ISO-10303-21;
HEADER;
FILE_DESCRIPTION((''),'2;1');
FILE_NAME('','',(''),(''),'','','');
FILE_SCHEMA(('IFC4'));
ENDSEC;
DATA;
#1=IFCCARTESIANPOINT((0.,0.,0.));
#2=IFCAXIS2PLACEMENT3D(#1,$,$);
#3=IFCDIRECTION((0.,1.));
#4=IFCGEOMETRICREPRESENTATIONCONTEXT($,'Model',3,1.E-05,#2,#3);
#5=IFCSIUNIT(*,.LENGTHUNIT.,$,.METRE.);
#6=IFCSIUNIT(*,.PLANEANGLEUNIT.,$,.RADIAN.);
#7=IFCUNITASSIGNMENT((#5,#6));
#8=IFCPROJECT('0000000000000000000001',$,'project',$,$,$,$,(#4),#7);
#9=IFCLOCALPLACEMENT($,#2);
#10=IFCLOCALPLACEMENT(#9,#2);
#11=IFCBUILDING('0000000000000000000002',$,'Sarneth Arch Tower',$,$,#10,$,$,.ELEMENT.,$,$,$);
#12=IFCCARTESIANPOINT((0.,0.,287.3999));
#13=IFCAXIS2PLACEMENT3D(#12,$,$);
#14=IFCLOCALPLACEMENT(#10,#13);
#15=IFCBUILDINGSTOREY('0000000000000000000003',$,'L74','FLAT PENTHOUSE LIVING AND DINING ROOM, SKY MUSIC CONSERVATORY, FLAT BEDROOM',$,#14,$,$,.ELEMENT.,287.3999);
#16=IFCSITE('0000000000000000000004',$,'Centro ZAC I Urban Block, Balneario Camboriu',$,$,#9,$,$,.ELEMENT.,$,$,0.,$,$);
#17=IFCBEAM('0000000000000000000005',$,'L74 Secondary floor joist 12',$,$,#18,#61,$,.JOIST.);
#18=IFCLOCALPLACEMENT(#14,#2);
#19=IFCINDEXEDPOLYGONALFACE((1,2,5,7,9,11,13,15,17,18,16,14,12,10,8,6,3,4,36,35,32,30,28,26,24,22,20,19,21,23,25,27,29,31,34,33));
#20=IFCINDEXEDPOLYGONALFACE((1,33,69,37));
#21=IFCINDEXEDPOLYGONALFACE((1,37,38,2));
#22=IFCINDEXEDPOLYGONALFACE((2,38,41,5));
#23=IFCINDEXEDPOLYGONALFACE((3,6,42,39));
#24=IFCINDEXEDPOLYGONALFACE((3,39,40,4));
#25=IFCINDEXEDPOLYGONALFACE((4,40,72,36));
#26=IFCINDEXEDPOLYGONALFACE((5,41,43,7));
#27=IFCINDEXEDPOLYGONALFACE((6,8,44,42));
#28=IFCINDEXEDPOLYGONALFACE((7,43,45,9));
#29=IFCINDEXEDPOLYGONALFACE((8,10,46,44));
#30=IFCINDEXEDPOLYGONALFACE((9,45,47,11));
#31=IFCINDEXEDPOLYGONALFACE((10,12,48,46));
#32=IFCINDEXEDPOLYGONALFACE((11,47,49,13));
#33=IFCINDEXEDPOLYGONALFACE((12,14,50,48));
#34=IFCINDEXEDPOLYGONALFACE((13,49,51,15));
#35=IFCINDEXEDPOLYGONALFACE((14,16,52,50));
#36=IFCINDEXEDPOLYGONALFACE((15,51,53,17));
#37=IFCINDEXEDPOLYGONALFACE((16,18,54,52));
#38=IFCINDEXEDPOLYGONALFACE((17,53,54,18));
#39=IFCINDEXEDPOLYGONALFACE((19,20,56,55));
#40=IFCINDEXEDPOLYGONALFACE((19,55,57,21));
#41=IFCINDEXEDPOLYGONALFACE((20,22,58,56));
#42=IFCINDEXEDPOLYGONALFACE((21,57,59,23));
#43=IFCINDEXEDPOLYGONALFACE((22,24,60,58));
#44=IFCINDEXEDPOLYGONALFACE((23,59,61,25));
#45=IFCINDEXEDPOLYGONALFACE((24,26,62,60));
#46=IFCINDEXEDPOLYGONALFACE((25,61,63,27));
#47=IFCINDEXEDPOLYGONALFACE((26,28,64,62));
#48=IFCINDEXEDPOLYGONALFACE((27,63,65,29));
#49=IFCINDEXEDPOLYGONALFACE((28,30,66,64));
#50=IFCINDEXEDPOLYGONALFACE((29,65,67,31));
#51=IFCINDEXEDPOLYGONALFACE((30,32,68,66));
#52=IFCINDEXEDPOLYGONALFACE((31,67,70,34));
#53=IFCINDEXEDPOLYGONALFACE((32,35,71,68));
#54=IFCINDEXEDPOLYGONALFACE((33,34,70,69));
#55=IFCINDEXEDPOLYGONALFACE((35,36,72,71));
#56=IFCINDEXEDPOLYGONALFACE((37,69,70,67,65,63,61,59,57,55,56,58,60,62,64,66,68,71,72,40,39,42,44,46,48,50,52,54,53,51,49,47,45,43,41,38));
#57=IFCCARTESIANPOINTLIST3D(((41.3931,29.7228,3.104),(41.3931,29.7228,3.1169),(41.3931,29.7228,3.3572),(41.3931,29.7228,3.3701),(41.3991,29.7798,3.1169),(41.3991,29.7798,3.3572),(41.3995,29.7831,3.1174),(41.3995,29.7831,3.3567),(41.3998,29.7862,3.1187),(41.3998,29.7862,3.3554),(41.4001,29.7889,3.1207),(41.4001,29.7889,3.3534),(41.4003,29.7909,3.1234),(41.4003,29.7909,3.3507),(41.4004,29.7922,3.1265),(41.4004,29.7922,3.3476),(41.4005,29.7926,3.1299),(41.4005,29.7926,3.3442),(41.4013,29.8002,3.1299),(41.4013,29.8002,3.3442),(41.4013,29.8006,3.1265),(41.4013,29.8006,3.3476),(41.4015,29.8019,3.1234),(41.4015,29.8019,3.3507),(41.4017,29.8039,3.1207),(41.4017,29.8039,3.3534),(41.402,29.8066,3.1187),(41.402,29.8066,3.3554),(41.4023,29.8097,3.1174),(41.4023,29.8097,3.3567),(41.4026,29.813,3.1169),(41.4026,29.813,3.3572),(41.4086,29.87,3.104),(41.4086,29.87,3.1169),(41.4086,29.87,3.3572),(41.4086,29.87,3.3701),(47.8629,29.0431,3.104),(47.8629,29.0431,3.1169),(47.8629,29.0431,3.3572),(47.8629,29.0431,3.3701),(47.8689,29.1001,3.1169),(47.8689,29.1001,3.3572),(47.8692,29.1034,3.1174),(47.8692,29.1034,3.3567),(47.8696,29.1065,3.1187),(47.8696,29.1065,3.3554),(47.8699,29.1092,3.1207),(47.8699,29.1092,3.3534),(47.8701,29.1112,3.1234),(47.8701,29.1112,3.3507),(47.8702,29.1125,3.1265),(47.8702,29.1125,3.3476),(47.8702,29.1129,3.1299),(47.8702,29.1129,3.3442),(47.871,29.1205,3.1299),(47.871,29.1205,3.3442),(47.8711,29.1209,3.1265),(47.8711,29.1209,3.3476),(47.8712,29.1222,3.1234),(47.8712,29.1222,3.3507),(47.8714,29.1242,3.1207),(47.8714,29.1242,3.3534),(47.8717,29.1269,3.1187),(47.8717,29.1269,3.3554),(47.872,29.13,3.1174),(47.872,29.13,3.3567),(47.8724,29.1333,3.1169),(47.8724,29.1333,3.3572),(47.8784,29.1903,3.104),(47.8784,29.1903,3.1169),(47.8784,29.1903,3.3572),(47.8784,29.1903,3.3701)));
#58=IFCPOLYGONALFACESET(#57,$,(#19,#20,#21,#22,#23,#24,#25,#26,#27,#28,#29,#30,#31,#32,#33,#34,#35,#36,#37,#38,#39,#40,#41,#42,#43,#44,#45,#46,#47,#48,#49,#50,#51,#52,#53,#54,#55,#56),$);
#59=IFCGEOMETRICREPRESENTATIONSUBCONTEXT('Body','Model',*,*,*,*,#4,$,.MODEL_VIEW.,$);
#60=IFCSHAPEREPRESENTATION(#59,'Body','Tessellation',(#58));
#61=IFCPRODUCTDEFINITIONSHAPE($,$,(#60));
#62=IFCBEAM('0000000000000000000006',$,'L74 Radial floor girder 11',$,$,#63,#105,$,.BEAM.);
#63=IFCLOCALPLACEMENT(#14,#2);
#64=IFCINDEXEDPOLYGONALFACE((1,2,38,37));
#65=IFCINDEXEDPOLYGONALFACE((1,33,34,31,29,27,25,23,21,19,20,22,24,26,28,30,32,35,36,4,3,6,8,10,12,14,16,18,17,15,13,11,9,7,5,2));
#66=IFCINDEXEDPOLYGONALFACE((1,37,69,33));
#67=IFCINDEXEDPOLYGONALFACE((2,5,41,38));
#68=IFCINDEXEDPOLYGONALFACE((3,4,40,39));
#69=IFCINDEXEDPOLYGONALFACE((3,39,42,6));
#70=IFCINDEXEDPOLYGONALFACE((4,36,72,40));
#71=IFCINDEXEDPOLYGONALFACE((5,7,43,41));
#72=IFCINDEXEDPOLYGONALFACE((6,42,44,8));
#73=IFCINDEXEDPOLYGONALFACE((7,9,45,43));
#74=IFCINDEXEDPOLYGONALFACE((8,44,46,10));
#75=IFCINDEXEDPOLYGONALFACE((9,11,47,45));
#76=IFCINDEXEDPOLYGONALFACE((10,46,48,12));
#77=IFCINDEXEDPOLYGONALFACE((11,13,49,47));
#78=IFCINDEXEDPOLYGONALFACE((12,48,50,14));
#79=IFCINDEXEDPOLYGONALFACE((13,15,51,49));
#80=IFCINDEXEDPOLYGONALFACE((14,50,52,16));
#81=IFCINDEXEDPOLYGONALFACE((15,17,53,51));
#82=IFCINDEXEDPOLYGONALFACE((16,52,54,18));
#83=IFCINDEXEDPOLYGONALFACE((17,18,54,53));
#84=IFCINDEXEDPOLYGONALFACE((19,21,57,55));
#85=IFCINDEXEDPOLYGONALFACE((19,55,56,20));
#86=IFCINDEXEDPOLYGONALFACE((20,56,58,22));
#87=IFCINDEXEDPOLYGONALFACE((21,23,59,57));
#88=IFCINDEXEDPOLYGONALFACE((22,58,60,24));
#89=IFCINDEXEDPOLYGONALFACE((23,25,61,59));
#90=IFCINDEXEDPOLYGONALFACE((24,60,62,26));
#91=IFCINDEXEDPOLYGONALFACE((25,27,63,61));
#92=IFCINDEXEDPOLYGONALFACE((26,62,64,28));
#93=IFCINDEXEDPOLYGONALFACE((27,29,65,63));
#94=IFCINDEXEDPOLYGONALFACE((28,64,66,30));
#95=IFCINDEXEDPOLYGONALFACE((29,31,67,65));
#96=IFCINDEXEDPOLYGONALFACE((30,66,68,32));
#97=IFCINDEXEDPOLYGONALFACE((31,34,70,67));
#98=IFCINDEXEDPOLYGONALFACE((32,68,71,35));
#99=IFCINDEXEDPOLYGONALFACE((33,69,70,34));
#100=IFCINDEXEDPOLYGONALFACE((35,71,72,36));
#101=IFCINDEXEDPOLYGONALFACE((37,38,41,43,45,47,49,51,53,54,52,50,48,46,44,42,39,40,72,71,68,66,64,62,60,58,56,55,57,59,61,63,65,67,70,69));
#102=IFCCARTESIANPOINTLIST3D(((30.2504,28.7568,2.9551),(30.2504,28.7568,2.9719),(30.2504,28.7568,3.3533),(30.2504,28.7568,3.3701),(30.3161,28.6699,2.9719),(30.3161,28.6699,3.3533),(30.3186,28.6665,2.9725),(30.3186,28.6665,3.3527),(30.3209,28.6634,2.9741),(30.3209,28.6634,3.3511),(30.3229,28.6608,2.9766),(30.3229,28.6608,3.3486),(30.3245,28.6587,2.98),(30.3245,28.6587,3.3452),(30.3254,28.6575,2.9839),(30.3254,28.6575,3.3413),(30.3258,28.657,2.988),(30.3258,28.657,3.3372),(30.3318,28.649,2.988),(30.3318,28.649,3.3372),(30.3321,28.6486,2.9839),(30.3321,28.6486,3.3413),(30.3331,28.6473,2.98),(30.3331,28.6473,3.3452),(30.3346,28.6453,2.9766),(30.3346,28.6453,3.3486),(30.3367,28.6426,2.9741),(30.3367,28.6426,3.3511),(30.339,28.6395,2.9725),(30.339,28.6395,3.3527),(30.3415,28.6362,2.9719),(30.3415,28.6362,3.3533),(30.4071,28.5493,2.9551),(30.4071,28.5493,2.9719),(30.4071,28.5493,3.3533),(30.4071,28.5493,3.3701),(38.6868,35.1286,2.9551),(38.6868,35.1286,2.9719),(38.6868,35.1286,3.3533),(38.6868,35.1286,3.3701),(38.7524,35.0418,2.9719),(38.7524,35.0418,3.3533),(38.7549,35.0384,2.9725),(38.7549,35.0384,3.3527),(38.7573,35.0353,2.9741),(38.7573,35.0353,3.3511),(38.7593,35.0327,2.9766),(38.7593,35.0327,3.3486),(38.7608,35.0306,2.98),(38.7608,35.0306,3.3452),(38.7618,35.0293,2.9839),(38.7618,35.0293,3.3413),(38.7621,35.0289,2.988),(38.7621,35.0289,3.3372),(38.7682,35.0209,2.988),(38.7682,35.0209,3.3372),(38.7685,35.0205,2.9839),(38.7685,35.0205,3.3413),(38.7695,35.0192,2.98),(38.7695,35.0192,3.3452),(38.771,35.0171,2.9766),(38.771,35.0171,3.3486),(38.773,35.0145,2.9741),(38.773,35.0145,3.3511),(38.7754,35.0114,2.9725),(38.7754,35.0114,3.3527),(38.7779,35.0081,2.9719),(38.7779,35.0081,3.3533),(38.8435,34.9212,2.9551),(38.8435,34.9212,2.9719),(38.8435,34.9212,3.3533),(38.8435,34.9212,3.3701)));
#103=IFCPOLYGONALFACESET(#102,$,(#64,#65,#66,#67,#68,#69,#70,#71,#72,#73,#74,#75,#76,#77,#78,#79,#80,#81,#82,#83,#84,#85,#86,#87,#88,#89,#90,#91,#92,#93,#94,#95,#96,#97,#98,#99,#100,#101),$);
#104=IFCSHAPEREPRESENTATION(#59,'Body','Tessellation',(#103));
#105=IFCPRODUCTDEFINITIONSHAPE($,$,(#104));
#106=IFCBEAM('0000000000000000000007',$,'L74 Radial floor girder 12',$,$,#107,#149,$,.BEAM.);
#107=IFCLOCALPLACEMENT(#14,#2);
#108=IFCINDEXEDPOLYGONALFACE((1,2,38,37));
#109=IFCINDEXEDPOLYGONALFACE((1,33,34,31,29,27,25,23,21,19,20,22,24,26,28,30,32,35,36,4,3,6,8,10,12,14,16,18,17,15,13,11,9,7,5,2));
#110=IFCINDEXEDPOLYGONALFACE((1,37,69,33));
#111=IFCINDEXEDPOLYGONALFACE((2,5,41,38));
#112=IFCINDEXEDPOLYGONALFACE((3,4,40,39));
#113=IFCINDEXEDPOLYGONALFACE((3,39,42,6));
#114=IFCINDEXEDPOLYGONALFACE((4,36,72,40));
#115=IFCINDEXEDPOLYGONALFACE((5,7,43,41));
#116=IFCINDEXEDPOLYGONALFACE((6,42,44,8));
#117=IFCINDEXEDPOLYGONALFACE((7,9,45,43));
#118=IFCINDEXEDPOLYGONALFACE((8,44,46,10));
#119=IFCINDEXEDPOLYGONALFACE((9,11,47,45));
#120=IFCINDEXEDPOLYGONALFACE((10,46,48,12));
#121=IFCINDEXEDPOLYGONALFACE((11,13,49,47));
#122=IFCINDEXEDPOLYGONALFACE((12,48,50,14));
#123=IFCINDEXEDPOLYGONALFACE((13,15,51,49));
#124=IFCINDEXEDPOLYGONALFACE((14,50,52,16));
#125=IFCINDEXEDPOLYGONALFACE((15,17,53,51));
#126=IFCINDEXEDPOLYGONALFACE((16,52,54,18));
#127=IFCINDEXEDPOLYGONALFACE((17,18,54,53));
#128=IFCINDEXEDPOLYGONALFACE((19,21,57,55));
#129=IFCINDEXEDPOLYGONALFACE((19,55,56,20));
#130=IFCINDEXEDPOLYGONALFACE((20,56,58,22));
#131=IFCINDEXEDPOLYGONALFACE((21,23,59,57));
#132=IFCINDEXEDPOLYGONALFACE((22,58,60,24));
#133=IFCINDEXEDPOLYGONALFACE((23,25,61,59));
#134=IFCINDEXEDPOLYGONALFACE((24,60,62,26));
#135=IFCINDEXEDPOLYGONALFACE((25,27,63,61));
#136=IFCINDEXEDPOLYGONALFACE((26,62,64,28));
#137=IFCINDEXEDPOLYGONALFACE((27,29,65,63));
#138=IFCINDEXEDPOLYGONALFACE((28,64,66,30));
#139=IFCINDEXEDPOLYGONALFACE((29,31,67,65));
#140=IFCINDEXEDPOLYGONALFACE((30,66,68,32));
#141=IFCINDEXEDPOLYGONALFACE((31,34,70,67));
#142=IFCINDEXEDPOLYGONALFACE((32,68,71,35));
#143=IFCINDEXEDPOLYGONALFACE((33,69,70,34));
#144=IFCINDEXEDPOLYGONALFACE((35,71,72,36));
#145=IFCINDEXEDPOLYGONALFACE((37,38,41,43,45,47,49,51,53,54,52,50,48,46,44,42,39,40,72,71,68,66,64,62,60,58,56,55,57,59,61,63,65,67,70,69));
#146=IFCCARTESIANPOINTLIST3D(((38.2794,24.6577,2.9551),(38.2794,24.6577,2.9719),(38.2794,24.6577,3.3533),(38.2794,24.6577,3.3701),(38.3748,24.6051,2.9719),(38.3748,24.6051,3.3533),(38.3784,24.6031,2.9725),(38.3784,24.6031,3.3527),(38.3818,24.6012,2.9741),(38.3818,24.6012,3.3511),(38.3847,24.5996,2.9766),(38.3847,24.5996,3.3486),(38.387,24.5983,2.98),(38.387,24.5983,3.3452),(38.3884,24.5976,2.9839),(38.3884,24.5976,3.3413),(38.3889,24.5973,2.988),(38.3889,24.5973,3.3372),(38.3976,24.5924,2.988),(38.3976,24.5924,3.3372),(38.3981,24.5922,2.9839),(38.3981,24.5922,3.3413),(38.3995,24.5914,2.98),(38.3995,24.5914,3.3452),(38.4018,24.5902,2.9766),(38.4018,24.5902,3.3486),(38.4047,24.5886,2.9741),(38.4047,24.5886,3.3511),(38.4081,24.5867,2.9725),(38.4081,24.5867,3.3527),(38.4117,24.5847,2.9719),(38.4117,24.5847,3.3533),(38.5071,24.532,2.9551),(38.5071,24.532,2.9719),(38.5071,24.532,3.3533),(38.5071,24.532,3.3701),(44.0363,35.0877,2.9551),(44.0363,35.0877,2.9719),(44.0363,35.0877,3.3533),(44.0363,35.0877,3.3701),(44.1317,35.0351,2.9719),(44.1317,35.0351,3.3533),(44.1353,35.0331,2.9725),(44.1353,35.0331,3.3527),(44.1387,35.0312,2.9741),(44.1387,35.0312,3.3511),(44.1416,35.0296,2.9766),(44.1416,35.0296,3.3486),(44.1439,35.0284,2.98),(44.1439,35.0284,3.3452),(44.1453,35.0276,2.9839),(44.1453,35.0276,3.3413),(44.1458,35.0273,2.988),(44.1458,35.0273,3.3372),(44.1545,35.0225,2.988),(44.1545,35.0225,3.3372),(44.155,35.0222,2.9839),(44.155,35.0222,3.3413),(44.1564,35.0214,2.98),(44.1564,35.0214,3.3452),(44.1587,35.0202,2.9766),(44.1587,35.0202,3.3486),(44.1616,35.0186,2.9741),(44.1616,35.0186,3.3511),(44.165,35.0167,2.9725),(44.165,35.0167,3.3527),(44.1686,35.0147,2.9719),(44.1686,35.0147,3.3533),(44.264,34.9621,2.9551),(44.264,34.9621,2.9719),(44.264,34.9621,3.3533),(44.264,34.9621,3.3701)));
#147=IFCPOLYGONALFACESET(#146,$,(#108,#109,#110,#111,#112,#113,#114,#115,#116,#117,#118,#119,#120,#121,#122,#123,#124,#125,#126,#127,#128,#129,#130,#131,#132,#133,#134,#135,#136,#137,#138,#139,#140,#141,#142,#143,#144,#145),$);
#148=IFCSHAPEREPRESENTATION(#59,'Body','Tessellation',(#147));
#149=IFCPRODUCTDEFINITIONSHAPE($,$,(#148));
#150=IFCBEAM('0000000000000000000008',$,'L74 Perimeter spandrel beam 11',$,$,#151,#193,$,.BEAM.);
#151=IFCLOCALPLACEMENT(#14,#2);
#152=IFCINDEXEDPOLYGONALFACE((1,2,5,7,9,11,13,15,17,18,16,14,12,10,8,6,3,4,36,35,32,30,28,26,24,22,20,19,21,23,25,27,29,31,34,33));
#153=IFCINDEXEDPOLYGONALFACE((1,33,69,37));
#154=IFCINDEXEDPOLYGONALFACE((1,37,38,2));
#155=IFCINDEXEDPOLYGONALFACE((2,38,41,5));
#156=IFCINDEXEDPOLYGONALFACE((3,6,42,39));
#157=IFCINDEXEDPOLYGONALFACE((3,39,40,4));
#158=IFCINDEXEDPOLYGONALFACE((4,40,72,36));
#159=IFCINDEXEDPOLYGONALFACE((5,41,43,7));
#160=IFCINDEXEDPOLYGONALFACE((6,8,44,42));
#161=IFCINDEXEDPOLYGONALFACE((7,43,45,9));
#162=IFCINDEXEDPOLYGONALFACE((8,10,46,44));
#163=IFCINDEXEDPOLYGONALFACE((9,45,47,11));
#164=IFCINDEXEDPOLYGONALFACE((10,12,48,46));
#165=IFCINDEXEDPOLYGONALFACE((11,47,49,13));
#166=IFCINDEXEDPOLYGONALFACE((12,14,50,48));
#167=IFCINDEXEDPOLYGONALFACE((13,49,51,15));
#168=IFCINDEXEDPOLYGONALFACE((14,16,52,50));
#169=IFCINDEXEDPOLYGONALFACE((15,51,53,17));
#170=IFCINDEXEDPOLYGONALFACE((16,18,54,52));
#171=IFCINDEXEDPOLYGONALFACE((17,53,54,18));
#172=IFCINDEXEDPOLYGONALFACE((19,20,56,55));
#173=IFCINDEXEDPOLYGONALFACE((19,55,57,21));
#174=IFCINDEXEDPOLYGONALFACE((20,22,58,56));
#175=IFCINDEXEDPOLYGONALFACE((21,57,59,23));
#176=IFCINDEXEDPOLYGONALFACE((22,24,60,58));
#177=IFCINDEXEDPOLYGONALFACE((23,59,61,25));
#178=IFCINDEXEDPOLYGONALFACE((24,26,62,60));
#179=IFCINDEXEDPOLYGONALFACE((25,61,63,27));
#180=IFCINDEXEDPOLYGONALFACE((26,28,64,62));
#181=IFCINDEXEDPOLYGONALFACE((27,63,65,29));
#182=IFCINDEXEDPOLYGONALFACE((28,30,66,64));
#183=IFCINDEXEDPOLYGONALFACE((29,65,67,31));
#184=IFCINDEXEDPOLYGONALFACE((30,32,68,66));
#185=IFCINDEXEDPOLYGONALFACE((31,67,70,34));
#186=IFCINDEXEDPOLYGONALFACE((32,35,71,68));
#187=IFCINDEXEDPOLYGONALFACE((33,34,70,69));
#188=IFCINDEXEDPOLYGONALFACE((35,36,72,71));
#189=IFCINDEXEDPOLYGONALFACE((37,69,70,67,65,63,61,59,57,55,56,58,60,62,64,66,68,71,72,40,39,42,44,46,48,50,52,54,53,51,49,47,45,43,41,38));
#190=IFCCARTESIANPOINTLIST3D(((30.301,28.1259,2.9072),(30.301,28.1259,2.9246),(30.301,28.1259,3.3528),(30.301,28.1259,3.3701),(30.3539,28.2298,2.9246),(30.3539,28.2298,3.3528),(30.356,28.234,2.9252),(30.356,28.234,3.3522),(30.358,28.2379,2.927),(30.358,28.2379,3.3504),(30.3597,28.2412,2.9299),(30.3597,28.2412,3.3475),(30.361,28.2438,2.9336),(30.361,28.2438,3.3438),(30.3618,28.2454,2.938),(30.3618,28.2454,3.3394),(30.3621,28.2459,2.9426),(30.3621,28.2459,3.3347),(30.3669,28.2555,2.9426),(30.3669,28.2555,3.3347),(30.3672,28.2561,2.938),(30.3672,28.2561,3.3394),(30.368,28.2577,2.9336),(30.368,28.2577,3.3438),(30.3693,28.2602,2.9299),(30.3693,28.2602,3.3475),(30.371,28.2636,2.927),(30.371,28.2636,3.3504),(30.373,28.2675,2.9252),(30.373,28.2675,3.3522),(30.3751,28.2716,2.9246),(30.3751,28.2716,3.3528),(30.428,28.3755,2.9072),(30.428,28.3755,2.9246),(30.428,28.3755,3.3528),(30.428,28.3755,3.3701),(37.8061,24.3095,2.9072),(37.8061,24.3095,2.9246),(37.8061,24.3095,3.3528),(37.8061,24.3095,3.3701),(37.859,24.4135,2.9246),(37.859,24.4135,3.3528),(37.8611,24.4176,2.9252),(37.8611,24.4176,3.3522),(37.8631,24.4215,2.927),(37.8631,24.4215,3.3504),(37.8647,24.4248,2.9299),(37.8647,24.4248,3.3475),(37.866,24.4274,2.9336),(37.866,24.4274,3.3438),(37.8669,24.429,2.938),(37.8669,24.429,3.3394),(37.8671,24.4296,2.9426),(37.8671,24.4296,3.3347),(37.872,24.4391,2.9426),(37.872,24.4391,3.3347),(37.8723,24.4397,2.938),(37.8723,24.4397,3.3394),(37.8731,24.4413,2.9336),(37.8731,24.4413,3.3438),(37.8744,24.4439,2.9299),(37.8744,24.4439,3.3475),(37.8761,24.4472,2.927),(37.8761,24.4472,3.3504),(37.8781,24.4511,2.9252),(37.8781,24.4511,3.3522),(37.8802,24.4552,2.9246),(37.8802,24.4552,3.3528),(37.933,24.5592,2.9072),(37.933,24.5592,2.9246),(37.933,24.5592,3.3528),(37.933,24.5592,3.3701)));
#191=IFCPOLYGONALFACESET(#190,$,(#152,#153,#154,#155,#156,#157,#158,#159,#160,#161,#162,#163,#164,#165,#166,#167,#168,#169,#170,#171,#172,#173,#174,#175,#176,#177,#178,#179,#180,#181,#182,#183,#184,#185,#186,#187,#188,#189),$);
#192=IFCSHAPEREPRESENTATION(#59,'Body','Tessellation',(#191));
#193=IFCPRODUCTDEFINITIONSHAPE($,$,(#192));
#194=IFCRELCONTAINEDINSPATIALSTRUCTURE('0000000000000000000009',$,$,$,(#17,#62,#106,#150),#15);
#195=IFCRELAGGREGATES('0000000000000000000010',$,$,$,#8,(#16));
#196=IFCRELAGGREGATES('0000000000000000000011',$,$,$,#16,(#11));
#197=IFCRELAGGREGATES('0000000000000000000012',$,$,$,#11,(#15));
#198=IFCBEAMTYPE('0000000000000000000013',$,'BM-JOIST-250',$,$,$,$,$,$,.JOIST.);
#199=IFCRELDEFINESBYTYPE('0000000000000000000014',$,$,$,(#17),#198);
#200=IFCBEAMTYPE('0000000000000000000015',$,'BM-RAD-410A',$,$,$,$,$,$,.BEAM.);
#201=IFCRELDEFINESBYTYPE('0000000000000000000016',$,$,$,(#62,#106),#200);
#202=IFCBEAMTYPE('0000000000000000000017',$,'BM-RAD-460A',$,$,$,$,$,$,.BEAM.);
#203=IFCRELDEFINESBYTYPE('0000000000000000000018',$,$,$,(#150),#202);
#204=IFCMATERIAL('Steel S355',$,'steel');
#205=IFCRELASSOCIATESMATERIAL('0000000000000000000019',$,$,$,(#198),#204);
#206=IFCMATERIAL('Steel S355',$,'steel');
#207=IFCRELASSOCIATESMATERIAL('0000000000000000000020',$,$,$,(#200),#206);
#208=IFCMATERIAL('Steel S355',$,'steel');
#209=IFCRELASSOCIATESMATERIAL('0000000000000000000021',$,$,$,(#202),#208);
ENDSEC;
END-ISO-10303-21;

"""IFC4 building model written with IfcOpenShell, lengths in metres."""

from ifc_helpers import new_model, si_unit, direction, frame, origin, origin_2d, place, context, subcontext, project, spatial, i_section, extrude, material, material_profile, profile_set, type_object, element, save


model = new_model("IFC4")

# Units and contexts
model_context = context("Model", 3, precision=1e-05, world=origin(), true_north=direction((0.0, 1.0)))
body_context = subcontext(model_context, "Body", "Model", "MODEL_VIEW")
ifc_project = project(units=[si_unit("LENGTHUNIT", "METRE"), si_unit("PLANEANGLEUNIT", "RADIAN")], contexts=[model_context])

# Site, building, storey
site_placement = place(None, origin())
site = spatial("IfcSite", under=ifc_project, at=site_placement, Name="Centro ZAC I Urban Block, Balneario Camboriu", CompositionType="ELEMENT", RefElevation=0.0)
building_placement = place(site_placement, origin())
building = spatial("IfcBuilding", under=site, at=building_placement, Name="Sarneth Arch Tower", CompositionType="ELEMENT")
storey_placement = place(building_placement, frame((0.0, 0.0, 287.3999)))
storey = spatial("IfcBuildingStorey", under=building, at=storey_placement, Name="L74", Description="FLAT PENTHOUSE LIVING AND DINING ROOM, SKY MUSIC CONSERVATORY, FLAT BEDROOM", CompositionType="ELEMENT", Elevation=287.3999)

# Beams
ifc_material_1 = material(Name="Steel S355", Category="steel")
ifc_material_profile_1 = material_profile(ifc_material_1, i_section(OverallWidth=0.1479, OverallDepth=0.2661, WebThickness=0.0076, FlangeThickness=0.0129, FilletRadius=0.0129, at=origin_2d()), Name="W250x44.8")
ifc_profile_set_1 = profile_set([ifc_material_profile_1], Name="Steel S355")
beam_type_1 = type_object("IfcBeamType", Name="BM-JOIST-250", PredefinedType="JOIST", material=ifc_profile_set_1)
beam_1_placement = place(storey_placement, frame((41.4009, 29.7964, 3.2371), z_axis=(0.994527, -0.104482, 0.0), x_axis=(0.104482, 0.994527, 0.0)))
element("IfcBeam", 1, at=beam_1_placement, inside=storey, type_object=beam_type_1, Name="L74 Secondary floor joist 12", PredefinedType="JOIST", context=body_context, shape_type="SweptSolid", body=[
    extrude(i_section(OverallWidth=0.1479, OverallDepth=0.2661, WebThickness=0.0076, FlangeThickness=0.0129, FilletRadius=0.0129, at=origin_2d()), origin(), (0.0, 0.0, 1.0), 6.5054),
])
ifc_material_2 = material(Name="Steel S355", Category="steel")
ifc_material_profile_2 = material_profile(ifc_material_2, i_section(OverallWidth=0.26, OverallDepth=0.415, WebThickness=0.01, FlangeThickness=0.0168, FilletRadius=0.0161, at=origin_2d()), Name="W410x100")
ifc_profile_set_2 = profile_set([ifc_material_profile_2], Name="Steel S355")
beam_type_2 = type_object("IfcBeamType", Name="BM-RAD-410A", PredefinedType="BEAM", material=ifc_profile_set_2)
beam_2_placement = place(storey_placement, frame((38.7651, 35.0249, 3.1626), z_axis=(-0.79797, -0.602698, 0.0), x_axis=(0.602698, -0.79797, 0.0)))
element("IfcBeam", 2, at=beam_2_placement, inside=storey, type_object=beam_type_2, Name="L74 Radial floor girder 11", PredefinedType="BEAM", context=body_context, shape_type="SweptSolid", body=[
    extrude(i_section(OverallWidth=0.26, OverallDepth=0.415, WebThickness=0.01, FlangeThickness=0.0168, FilletRadius=0.0161, at=origin_2d()), origin(), (0.0, 0.0, 1.0), 10.5723),
])
beam_3_placement = place(storey_placement, frame((44.1501, 35.0249, 3.1626), z_axis=(-0.483231, -0.875493, 0.0), x_axis=(0.875493, -0.483231, 0.0)))
element("IfcBeam", 3, at=beam_3_placement, inside=storey, type_object=beam_type_2, Name="L74 Radial floor girder 12", PredefinedType="BEAM", context=body_context, shape_type="SweptSolid", body=[
    extrude(i_section(OverallWidth=0.26, OverallDepth=0.415, WebThickness=0.01, FlangeThickness=0.0168, FilletRadius=0.0161, at=origin_2d()), origin(), (0.0, 0.0, 1.0), 11.9133),
])
ifc_material_3 = material(Name="Steel S355", Category="steel")
ifc_material_profile_3 = material_profile(ifc_material_3, i_section(OverallWidth=0.28, OverallDepth=0.4629, WebThickness=0.0107, FlangeThickness=0.0173, FilletRadius=0.0181, at=origin_2d()), Name="W460x113")
ifc_profile_set_3 = profile_set([ifc_material_profile_3], Name="Steel S355")
beam_type_3 = type_object("IfcBeamType", Name="BM-RAD-460A", PredefinedType="BEAM", material=ifc_profile_set_3)
beam_4_placement = place(storey_placement, frame((30.3645, 28.2507, 3.1387), z_axis=(0.891374, -0.453269, 0.0), x_axis=(0.453269, 0.891374, 0.0)))
element("IfcBeam", 4, at=beam_4_placement, inside=storey, type_object=beam_type_3, Name="L74 Perimeter spandrel beam 11", PredefinedType="BEAM", context=body_context, shape_type="SweptSolid", body=[
    extrude(i_section(OverallWidth=0.28, OverallDepth=0.4629, WebThickness=0.0107, FlangeThickness=0.0173, FilletRadius=0.0181, at=origin_2d()), origin(), (0.0, 0.0, 1.0), 8.4197),
])

save(model, "model.ifc")
